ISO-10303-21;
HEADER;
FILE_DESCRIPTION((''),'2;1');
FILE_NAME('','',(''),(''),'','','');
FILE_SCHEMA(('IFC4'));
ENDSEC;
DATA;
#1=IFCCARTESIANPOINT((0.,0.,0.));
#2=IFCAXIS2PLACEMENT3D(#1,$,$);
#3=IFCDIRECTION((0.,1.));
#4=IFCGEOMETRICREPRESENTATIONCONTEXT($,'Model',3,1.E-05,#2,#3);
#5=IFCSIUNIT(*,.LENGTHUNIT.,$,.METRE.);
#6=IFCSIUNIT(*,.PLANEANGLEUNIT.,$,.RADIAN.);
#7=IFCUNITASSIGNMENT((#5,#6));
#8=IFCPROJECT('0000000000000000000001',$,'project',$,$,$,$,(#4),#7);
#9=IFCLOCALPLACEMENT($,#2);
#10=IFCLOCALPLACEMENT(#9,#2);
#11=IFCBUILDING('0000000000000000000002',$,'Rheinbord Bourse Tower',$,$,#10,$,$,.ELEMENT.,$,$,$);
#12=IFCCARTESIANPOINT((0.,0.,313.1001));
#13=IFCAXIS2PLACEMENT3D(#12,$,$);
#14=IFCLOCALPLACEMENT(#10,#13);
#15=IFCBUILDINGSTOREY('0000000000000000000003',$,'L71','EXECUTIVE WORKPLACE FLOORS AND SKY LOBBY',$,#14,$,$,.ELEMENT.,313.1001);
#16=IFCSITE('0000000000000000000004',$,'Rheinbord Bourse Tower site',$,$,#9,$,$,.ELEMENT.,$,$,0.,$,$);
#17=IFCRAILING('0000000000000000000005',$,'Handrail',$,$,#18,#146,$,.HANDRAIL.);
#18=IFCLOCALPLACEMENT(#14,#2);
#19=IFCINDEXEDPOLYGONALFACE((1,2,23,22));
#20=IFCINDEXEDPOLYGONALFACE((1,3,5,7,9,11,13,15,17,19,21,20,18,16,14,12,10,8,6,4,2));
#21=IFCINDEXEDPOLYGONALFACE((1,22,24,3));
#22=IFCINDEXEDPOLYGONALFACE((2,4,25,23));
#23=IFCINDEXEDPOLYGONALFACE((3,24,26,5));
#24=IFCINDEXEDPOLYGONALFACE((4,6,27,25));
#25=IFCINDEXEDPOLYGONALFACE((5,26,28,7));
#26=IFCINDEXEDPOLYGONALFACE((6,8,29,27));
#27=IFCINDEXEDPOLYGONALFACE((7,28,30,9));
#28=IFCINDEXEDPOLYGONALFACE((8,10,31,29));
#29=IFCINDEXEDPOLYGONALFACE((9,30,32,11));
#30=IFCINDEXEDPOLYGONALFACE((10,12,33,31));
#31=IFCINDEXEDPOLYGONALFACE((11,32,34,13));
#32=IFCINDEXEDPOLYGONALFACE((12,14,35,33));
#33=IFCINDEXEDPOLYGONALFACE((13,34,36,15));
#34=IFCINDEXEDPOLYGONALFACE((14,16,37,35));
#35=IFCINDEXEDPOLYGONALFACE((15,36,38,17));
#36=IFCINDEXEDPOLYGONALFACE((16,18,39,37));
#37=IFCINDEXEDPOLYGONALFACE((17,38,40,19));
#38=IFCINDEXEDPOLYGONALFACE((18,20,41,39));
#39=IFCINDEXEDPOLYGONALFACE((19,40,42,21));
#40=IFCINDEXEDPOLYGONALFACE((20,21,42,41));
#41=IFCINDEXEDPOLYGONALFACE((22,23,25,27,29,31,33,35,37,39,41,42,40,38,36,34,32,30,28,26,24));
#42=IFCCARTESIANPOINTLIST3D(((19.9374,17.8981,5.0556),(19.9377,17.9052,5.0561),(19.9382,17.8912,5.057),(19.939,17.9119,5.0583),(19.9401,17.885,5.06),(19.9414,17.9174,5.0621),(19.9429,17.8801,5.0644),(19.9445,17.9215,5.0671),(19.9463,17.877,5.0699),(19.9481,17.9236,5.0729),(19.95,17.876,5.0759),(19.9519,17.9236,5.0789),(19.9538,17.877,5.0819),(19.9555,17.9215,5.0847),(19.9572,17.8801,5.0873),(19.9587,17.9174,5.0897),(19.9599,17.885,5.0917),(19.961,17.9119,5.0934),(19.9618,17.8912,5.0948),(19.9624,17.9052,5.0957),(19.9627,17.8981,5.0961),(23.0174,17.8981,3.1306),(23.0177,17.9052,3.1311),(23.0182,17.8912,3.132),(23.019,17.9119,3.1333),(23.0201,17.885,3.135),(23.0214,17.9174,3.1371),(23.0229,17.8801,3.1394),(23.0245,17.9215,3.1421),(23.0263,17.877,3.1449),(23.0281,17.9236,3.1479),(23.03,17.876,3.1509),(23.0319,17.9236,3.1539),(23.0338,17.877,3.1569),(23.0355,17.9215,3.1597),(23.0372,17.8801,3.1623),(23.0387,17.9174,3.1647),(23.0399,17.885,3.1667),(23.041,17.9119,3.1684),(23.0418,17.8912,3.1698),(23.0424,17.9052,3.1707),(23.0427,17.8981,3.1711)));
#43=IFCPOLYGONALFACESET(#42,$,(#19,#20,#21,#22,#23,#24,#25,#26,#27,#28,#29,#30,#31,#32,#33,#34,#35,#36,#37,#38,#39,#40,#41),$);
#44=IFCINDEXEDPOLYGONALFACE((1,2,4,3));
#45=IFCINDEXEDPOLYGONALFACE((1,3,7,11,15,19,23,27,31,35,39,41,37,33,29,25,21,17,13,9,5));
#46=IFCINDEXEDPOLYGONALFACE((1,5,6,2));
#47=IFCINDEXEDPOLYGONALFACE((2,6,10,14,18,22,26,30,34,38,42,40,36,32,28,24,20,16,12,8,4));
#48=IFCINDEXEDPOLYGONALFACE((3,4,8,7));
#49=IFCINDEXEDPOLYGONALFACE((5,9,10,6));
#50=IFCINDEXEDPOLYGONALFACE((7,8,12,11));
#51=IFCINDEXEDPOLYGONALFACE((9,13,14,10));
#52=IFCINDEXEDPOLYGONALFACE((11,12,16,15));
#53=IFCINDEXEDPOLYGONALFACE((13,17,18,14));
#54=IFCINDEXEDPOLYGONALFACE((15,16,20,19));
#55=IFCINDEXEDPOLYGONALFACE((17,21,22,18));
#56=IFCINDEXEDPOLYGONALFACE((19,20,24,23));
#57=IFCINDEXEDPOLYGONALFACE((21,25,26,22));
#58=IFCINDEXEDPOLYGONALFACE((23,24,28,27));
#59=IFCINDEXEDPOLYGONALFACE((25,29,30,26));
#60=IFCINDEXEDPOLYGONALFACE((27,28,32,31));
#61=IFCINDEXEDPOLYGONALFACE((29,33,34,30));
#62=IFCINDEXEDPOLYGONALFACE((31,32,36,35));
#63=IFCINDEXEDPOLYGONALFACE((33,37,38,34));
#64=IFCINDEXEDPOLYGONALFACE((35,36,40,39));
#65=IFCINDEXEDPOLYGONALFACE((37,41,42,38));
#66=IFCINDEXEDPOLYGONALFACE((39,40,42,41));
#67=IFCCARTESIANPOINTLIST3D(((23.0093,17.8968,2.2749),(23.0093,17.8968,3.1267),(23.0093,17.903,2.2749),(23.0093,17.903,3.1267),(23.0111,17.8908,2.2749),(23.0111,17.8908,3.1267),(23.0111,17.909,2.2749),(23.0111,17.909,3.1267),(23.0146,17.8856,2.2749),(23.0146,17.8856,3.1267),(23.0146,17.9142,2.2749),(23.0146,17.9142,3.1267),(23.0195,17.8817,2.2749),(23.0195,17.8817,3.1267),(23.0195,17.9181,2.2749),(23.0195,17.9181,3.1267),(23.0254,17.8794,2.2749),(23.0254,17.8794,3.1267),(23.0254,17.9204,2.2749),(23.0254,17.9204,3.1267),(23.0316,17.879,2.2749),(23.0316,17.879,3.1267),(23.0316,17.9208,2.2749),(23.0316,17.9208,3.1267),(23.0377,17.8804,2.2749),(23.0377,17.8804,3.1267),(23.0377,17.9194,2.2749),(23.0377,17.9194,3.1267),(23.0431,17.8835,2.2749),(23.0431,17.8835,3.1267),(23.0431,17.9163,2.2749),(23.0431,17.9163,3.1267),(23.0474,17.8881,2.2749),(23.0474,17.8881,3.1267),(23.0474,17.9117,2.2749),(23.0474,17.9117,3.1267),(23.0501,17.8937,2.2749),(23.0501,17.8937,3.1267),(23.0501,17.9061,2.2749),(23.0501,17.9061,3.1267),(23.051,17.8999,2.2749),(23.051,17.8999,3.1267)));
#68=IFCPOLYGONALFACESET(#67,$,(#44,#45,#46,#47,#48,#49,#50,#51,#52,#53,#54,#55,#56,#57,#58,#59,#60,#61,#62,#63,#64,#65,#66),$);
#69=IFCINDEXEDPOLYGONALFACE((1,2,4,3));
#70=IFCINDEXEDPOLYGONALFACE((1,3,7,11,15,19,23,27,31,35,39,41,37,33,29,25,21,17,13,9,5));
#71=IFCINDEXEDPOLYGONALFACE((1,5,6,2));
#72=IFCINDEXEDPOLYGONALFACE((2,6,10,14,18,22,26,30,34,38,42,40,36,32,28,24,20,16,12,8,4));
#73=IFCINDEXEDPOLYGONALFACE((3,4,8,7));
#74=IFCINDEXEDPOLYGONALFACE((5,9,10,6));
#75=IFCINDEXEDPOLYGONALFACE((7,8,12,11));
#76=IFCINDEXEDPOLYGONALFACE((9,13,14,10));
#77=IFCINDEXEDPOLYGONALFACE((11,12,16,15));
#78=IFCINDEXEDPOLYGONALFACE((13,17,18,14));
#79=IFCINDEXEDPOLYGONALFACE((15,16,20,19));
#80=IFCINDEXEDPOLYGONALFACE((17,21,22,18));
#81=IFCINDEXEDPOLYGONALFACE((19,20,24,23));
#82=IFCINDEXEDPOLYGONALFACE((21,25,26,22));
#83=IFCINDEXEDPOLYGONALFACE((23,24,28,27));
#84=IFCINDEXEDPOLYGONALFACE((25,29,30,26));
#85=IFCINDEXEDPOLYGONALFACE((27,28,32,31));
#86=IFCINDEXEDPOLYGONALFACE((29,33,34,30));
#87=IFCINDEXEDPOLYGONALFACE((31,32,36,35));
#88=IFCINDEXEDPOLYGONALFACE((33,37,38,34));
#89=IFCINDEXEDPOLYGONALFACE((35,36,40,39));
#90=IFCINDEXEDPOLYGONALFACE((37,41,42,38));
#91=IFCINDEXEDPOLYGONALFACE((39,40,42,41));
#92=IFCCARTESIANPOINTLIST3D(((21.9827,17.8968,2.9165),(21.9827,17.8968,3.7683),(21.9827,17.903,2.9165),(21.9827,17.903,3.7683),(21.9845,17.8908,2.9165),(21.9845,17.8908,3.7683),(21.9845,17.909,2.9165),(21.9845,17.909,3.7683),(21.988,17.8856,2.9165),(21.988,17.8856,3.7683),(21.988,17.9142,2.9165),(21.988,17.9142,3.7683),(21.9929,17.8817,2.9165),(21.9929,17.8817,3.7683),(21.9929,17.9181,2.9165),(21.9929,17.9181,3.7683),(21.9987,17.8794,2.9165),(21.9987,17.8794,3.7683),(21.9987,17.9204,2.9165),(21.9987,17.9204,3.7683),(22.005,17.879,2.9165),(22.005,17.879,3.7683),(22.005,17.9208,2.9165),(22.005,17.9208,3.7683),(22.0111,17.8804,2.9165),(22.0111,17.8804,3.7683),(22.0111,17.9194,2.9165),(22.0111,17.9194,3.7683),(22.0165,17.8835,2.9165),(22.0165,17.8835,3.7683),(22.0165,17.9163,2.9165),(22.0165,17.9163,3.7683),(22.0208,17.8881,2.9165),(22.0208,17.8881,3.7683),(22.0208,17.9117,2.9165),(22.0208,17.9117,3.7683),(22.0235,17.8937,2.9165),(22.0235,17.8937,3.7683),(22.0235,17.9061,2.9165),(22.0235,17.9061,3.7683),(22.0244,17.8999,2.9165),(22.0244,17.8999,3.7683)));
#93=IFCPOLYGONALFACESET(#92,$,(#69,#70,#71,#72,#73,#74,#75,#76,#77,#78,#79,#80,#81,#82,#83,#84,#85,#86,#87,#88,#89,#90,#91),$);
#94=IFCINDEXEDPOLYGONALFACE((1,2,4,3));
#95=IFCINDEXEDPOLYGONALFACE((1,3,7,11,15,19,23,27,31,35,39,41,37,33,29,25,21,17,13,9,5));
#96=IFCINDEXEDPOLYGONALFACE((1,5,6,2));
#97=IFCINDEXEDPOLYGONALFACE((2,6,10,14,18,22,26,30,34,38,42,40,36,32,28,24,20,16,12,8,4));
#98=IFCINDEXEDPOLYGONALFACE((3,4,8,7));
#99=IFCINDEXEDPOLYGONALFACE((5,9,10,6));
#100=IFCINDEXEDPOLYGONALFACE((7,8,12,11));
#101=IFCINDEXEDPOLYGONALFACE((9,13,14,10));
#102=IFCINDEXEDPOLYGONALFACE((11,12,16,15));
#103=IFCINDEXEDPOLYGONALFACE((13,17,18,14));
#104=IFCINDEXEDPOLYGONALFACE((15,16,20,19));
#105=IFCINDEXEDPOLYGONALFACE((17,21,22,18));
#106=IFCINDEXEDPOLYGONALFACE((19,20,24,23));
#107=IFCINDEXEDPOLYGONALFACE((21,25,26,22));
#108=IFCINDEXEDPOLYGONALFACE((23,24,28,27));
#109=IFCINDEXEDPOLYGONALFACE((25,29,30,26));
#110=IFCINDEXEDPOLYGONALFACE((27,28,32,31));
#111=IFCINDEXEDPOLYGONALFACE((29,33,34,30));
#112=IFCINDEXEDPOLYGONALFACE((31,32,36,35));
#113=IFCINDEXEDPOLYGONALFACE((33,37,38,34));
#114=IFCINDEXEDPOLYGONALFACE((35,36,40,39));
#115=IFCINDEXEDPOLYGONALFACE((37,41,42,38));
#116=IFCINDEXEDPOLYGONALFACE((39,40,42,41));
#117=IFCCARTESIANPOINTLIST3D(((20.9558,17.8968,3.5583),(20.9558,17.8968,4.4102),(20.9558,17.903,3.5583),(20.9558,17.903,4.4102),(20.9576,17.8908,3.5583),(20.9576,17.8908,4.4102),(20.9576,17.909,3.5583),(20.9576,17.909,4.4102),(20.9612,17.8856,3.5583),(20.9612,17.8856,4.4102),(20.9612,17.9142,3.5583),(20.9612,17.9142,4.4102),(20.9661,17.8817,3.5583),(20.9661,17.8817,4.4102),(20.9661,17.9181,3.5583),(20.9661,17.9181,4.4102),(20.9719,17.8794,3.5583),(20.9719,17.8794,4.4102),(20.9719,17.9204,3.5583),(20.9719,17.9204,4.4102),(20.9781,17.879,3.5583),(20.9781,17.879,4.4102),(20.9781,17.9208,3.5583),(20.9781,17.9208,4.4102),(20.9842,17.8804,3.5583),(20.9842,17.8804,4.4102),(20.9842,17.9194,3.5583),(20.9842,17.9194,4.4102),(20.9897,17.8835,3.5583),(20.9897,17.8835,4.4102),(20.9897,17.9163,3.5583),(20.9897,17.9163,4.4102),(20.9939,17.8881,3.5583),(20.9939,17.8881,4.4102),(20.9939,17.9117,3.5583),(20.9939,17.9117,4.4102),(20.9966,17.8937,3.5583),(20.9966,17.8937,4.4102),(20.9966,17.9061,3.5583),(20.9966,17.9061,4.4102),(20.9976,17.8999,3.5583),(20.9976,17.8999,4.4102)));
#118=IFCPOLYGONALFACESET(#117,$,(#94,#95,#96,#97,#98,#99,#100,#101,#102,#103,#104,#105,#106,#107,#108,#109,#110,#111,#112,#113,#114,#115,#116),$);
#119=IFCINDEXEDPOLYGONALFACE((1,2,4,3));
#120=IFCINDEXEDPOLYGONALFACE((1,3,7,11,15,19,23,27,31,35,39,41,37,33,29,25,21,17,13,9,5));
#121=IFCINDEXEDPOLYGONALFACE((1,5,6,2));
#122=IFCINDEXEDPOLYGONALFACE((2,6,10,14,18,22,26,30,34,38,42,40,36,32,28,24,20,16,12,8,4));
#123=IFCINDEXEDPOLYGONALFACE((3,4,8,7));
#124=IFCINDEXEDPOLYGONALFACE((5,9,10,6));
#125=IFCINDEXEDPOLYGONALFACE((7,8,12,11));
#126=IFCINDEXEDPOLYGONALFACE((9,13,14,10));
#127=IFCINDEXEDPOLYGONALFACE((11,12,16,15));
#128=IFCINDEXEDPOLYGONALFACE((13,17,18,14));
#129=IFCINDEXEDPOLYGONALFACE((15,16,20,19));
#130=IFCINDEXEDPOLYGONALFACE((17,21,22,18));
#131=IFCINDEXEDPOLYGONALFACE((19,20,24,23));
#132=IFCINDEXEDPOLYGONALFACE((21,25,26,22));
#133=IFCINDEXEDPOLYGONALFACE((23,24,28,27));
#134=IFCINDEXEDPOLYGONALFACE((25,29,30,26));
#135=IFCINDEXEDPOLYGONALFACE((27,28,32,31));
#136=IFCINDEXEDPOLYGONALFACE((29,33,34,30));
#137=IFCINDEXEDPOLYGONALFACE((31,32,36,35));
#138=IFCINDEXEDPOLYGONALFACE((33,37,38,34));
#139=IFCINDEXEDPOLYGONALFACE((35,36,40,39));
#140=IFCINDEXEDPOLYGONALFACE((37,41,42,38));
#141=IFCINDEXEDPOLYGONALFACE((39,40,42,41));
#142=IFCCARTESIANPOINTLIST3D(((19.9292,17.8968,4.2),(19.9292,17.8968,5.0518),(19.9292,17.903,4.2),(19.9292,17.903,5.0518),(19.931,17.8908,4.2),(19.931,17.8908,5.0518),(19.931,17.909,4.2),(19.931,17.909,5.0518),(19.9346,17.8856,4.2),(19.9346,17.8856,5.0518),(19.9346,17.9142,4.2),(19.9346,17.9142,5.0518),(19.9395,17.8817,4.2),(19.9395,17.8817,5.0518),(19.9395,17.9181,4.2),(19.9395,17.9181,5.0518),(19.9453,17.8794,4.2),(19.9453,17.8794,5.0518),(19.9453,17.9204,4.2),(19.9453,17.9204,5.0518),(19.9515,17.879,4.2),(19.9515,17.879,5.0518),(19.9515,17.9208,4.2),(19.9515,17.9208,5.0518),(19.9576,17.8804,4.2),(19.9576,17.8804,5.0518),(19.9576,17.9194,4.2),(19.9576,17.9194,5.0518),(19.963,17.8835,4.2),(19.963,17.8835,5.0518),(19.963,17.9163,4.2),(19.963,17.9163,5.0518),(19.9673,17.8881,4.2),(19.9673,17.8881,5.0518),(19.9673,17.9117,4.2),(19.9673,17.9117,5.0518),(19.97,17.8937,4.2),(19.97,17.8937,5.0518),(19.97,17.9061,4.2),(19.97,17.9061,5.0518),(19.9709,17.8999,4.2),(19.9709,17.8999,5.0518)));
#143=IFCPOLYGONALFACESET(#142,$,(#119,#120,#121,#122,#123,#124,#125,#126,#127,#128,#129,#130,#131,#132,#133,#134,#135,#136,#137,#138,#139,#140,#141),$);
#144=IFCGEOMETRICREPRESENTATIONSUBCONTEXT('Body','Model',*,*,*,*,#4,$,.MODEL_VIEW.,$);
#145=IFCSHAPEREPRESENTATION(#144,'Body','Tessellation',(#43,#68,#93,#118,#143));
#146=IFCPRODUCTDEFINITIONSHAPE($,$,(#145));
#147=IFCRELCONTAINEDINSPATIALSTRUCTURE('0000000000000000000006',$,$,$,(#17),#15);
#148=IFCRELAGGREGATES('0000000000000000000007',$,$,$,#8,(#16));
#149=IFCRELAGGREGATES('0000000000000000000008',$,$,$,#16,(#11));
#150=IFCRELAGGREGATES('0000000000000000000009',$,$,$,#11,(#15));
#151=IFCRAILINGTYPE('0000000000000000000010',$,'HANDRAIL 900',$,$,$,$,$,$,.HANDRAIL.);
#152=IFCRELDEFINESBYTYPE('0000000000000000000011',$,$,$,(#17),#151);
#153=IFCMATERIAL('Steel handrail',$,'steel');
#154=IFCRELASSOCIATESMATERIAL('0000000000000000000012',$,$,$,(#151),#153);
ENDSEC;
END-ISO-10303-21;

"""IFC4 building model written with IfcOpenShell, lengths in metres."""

from ifc_helpers import new_model, si_unit, direction, frame, origin, origin_2d, place, context, subcontext, project, spatial, circle, extrude, material, type_object, element, save


model = new_model("IFC4")

# Units and contexts
model_context = context("Model", 3, precision=1e-05, world=origin(), true_north=direction((0.0, 1.0)))
body_context = subcontext(model_context, "Body", "Model", "MODEL_VIEW")
ifc_project = project(units=[si_unit("LENGTHUNIT", "METRE"), si_unit("PLANEANGLEUNIT", "RADIAN")], contexts=[model_context])

# Site, building, storey
site_placement = place(None, origin())
site = spatial("IfcSite", under=ifc_project, at=site_placement, Name="Rheinbord Bourse Tower site", CompositionType="ELEMENT", RefElevation=0.0)
building_placement = place(site_placement, origin())
building = spatial("IfcBuilding", under=site, at=building_placement, Name="Rheinbord Bourse Tower", CompositionType="ELEMENT")
storey_placement = place(building_placement, frame((0.0, 0.0, 313.1001)))
storey = spatial("IfcBuildingStorey", under=building, at=storey_placement, Name="L71", Description="EXECUTIVE WORKPLACE FLOORS AND SKY LOBBY", CompositionType="ELEMENT", Elevation=313.1001)

# Railing
ifc_material_1 = material(Name="Steel handrail", Category="steel")
railing_type = type_object("IfcRailingType", Name="HANDRAIL 900", PredefinedType="HANDRAIL", material=ifc_material_1)
railing_1_placement = place(storey_placement, frame((23.03, 17.8999, 2.2749)))
element("IfcRailing", 1, at=railing_1_placement, inside=storey, type_object=railing_type, Name="Handrail", PredefinedType="HANDRAIL", context=body_context, shape_type="SweptSolid", body=[
    extrude(circle(Radius=0.0239, at=origin_2d()), frame((0.0, 0.0, 0.876), z_axis=(-0.847998, 0.0, 0.529999), x_axis=(0.0, -1.0, 0.0)), (0.0, 0.0, 1.0), 3.6321),
    extrude(circle(Radius=0.021, at=origin_2d()), origin(), (0.0, 0.0, 1.0), 0.8518),
    extrude(circle(Radius=0.021, at=origin_2d()), frame((-1.0266, 0.0, 0.6416)), (0.0, 0.0, 1.0), 0.8518),
    extrude(circle(Radius=0.021, at=origin_2d()), frame((-2.0535, 0.0, 1.2834)), (0.0, 0.0, 1.0), 0.8518),
    extrude(circle(Radius=0.021, at=origin_2d()), frame((-3.0801, 0.0, 1.925)), (0.0, 0.0, 1.0), 0.8518),
])

save(model, "model.ifc")
